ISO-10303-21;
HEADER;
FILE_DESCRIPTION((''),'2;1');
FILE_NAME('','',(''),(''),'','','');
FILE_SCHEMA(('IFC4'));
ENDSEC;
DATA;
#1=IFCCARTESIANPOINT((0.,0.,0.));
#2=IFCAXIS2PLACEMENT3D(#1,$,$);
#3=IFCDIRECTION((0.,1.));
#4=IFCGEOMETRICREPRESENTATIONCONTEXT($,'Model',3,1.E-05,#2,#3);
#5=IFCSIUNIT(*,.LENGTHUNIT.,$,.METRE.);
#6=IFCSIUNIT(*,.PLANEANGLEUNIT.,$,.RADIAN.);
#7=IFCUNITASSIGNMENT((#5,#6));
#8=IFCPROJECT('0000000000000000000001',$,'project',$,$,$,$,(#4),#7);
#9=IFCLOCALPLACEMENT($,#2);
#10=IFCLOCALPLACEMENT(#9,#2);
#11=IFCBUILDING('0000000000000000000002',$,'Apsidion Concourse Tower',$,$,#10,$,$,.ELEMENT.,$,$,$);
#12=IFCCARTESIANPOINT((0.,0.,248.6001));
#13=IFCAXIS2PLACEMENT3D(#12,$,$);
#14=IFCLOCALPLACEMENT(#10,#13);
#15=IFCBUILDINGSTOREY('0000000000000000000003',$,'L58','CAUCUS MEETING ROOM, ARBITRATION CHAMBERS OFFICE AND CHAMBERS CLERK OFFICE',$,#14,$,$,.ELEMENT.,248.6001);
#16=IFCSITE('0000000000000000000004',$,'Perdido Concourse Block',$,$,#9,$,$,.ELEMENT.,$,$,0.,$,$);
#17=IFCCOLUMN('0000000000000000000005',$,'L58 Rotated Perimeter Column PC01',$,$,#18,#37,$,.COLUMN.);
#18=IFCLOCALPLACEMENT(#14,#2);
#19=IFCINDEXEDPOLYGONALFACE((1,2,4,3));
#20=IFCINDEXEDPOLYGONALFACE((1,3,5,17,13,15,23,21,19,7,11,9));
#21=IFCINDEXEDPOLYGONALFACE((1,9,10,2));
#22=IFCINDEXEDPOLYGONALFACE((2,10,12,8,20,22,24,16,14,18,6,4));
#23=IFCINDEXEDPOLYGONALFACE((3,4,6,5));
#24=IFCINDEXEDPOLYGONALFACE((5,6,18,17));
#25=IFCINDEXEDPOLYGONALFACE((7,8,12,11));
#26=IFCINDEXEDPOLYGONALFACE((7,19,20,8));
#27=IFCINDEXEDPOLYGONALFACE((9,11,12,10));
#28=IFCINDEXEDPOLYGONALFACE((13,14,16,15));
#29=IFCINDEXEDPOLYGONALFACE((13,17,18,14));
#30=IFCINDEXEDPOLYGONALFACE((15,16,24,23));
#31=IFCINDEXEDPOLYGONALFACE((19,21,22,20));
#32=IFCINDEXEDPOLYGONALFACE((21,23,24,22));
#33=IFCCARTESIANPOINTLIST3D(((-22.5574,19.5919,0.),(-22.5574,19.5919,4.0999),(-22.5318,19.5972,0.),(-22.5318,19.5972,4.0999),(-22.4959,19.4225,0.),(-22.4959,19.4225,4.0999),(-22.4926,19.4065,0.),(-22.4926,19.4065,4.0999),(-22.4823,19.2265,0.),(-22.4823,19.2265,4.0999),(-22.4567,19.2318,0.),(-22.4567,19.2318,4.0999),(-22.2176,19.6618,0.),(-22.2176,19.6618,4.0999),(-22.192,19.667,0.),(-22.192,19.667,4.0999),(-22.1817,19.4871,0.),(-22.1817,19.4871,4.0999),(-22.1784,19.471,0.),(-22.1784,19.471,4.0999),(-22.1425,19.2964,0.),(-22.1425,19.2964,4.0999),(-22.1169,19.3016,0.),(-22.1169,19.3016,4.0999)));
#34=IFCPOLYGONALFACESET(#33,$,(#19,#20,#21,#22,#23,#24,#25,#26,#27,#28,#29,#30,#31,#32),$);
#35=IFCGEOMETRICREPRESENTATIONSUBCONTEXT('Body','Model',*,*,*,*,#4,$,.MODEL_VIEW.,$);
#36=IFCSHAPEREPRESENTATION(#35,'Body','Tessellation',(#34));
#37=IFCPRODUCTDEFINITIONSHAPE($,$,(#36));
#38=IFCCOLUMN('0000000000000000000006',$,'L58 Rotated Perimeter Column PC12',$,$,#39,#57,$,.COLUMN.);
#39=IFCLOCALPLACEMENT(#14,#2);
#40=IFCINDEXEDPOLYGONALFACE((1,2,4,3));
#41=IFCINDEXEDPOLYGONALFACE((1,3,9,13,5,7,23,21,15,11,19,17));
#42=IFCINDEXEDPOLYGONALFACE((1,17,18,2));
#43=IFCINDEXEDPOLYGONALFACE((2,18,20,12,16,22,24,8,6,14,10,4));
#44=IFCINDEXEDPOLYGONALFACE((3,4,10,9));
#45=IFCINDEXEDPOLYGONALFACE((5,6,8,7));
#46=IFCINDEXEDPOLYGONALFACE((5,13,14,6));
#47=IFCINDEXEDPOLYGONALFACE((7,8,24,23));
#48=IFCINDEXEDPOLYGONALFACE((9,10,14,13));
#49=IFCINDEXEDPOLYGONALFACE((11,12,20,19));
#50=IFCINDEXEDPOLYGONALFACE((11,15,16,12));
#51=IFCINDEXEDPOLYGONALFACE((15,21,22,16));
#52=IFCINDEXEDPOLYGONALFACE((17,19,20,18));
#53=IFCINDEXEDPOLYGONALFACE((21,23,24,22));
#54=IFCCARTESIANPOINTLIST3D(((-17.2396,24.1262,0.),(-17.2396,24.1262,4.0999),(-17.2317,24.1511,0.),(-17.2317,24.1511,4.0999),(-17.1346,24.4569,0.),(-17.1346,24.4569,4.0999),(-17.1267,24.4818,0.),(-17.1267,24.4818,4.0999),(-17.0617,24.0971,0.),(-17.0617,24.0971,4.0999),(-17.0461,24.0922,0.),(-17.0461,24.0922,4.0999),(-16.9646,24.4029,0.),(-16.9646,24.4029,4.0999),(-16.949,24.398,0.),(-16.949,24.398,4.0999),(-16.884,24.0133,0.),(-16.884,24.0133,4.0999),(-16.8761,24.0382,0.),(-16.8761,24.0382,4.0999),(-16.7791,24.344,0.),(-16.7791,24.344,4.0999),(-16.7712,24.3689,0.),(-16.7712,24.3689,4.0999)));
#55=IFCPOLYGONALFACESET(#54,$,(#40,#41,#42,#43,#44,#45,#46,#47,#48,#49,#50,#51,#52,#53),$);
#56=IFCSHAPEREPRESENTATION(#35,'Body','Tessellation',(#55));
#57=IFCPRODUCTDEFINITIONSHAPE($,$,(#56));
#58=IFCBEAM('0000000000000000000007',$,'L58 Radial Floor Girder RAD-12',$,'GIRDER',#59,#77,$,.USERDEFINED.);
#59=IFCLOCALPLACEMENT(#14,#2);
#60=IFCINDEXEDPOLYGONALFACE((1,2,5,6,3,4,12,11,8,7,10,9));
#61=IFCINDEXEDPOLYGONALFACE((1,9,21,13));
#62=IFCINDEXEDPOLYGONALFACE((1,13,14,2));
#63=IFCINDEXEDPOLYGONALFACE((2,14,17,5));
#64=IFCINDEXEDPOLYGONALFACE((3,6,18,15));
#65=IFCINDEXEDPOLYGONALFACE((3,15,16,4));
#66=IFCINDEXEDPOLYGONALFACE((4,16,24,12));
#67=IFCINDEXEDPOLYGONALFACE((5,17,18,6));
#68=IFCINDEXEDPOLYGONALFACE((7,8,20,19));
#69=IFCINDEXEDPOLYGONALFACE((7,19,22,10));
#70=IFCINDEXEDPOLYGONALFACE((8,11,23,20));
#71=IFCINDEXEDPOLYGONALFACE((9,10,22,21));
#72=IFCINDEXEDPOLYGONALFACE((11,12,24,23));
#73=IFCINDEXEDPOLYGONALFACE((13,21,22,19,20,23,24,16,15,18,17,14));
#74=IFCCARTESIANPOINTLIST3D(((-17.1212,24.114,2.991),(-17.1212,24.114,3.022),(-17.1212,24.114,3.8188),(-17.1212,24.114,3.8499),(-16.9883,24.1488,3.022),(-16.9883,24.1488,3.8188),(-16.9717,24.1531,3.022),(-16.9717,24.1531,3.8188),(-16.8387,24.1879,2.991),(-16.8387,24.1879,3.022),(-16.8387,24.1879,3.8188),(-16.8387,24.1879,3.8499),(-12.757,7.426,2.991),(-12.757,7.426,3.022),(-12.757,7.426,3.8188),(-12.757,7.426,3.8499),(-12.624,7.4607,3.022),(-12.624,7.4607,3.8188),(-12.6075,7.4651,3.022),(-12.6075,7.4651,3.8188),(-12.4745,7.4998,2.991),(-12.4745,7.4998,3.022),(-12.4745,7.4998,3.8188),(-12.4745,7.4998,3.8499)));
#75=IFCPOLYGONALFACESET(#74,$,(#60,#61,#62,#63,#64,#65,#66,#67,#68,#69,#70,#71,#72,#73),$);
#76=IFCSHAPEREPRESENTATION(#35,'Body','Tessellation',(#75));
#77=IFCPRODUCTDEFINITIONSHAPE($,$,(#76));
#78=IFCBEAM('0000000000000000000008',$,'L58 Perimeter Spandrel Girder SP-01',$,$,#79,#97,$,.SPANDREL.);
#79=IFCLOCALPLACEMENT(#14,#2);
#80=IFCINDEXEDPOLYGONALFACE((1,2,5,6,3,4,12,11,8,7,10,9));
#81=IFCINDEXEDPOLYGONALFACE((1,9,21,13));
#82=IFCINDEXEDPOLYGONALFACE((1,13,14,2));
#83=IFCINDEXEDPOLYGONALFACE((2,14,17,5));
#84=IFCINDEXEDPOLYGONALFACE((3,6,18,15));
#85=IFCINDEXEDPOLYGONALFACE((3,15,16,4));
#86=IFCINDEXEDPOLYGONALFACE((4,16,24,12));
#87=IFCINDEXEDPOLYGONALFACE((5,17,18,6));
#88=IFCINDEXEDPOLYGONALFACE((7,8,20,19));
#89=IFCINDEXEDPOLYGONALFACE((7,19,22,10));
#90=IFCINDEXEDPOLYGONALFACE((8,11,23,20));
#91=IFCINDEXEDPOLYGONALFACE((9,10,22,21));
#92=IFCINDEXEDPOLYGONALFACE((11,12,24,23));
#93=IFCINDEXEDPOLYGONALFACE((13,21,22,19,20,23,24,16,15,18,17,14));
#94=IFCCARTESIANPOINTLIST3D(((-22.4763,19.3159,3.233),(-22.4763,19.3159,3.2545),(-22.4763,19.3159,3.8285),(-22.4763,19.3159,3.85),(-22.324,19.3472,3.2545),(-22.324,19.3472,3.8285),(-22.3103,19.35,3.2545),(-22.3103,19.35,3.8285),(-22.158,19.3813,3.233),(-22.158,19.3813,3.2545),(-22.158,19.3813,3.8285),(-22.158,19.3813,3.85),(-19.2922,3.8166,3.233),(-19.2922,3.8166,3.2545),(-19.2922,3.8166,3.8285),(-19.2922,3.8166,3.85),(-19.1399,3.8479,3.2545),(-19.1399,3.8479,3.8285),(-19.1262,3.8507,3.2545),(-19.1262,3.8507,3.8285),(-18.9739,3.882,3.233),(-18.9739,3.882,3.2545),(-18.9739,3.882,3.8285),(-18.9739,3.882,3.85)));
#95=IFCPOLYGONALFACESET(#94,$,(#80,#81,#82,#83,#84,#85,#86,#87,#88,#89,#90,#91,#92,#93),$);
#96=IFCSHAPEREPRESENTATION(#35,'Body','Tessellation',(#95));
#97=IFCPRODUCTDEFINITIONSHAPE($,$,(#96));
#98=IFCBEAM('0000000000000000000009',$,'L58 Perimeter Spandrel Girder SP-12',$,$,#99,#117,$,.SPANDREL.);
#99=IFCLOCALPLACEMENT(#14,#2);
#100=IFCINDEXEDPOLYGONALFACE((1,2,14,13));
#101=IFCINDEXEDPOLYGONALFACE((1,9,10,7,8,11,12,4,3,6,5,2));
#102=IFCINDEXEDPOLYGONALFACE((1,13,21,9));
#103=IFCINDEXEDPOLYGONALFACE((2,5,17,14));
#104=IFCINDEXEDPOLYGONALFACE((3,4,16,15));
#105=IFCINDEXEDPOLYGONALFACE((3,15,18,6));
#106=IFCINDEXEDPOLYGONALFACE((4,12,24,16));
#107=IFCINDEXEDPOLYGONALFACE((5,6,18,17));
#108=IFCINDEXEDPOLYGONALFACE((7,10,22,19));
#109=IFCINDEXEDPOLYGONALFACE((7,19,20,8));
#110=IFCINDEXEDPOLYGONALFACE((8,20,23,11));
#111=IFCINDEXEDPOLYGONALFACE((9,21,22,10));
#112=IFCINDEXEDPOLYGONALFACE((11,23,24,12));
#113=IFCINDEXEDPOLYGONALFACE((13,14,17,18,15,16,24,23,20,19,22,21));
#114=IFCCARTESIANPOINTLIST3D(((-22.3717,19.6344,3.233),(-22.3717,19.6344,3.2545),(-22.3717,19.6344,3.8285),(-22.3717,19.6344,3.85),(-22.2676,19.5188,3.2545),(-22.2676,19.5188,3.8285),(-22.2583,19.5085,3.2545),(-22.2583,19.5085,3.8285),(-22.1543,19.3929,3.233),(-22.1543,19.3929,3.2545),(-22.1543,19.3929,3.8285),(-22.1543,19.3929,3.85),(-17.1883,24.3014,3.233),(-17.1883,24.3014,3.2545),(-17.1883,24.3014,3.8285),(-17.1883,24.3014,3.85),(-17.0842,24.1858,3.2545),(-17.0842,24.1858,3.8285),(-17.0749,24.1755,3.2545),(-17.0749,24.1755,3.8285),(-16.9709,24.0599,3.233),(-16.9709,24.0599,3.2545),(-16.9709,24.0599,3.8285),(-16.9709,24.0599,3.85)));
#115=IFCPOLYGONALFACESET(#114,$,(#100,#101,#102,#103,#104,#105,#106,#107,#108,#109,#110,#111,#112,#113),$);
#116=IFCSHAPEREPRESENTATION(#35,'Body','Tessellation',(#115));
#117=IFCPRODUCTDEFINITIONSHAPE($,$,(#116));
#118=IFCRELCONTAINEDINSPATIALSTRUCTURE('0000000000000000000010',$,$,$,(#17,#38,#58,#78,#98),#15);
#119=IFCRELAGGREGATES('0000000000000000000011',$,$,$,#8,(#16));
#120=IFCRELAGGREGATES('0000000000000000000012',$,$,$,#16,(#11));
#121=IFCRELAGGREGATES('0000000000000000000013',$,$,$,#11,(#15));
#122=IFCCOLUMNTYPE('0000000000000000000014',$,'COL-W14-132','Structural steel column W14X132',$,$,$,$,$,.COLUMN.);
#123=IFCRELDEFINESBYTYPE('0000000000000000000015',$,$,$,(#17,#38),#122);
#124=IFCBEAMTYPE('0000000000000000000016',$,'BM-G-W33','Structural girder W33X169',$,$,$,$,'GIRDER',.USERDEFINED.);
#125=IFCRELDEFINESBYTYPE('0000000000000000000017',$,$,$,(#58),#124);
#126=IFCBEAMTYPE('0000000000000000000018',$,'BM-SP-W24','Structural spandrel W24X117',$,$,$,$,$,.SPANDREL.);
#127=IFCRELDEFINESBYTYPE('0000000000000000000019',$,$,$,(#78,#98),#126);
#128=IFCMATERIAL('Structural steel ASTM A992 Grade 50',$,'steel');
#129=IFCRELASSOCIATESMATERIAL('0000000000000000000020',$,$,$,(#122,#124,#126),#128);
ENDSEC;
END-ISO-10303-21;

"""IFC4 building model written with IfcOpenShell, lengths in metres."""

from ifc_helpers import new_model, si_unit, direction, frame, origin, origin_2d, place, context, subcontext, project, spatial, i_section, extrude, material, material_profile, profile_set, type_object, element, save


model = new_model("IFC4")

# Units and contexts
model_context = context("Model", 3, precision=1e-05, world=origin(), true_north=direction((0.0, 1.0)))
body_context = subcontext(model_context, "Body", "Model", "MODEL_VIEW")
ifc_project = project(units=[si_unit("LENGTHUNIT", "METRE"), si_unit("PLANEANGLEUNIT", "RADIAN")], contexts=[model_context])

# Site, building, storey
site_placement = place(None, origin())
site = spatial("IfcSite", under=ifc_project, at=site_placement, Name="Perdido Concourse Block", CompositionType="ELEMENT", RefElevation=0.0)
building_placement = place(site_placement, origin())
building = spatial("IfcBuilding", under=site, at=building_placement, Name="Apsidion Concourse Tower", CompositionType="ELEMENT")
storey_placement = place(building_placement, frame((0.0, 0.0, 248.6001)))
storey = spatial("IfcBuildingStorey", under=building, at=storey_placement, Name="L58", Description="CAUCUS MEETING ROOM, ARBITRATION CHAMBERS OFFICE AND CHAMBERS CLERK OFFICE", CompositionType="ELEMENT", Elevation=248.6001)

# Columns
ifc_material_1 = material(Name="Structural steel ASTM A992 Grade 50", Category="steel")
ifc_material_profile_1 = material_profile(ifc_material_1, i_section(OverallWidth=0.373, OverallDepth=0.373, WebThickness=0.0164, FlangeThickness=0.0261, at=origin_2d()), Name="W14X132")
ifc_profile_set_1 = profile_set([ifc_material_profile_1], Name="Structural steel ASTM A992 Grade 50")
column_type = type_object("IfcColumnType", Name="COL-W14-132", Description="Structural steel column W14X132", PredefinedType="COLUMN", material=ifc_profile_set_1)
for number, where, z_axis, x_axis, name in (
    (1, (-22.3372, 19.4468, 0.0), (0.0, 0.0, 1.0), (-0.201249, 0.97954, 0.0), "L58 Rotated Perimeter Column PC01"),
    (2, (-17.0054, 24.2476, 0.0), (0.0, 0.0, 1.0), (-0.953138, 0.302536, 0.0), "L58 Rotated Perimeter Column PC12"),
):
    element("IfcColumn", number, at=place(storey_placement, frame(where, z_axis=z_axis, x_axis=x_axis)), inside=storey, type_object=column_type, Name=name, PredefinedType="COLUMN", context=body_context, shape_type="SweptSolid", body=[
        extrude(i_section(OverallWidth=0.373, OverallDepth=0.373, WebThickness=0.0164, FlangeThickness=0.0261, at=origin_2d()), origin(), (0.0, 0.0, 1.0), 4.0999),
    ])

# Beams
ifc_material_profile_2 = material_profile(ifc_material_1, i_section(OverallWidth=0.292, OverallDepth=0.8589, WebThickness=0.0171, FlangeThickness=0.031, at=origin_2d()), Name="W33X169")
ifc_profile_set_2 = profile_set([ifc_material_profile_2], Name="Structural steel ASTM A992 Grade 50")
beam_type_1 = type_object("IfcBeamType", Name="BM-G-W33", Description="Structural girder W33X169", ElementType="GIRDER", PredefinedType="USERDEFINED", material=ifc_profile_set_2)
beam_1_placement = place(storey_placement, frame((-12.6157, 7.4629, 3.4204), z_axis=(-0.253012, 0.967463, 0.0), x_axis=(-0.967463, -0.253012, 0.0)))
element("IfcBeam", 3, at=beam_1_placement, inside=storey, type_object=beam_type_1, Name="L58 Radial Floor Girder RAD-12", ObjectType="GIRDER", PredefinedType="USERDEFINED", context=body_context, shape_type="SweptSolid", body=[
    extrude(i_section(OverallWidth=0.292, OverallDepth=0.8589, WebThickness=0.0171, FlangeThickness=0.031, at=origin_2d()), origin(), (0.0, 0.0, 1.0), 17.2493),
])
ifc_material_profile_3 = material_profile(ifc_material_1, i_section(OverallWidth=0.325, OverallDepth=0.6169, WebThickness=0.0139, FlangeThickness=0.0215, at=origin_2d()), Name="W24X117")
ifc_profile_set_3 = profile_set([ifc_material_profile_3], Name="Structural steel ASTM A992 Grade 50")
beam_type_2 = type_object("IfcBeamType", Name="BM-SP-W24", Description="Structural spandrel W24X117", PredefinedType="SPANDREL", material=ifc_profile_set_3)
beam_2_placement = place(storey_placement, frame((-22.3171, 19.3486, 3.5415), z_axis=(0.201232, -0.979544, 0.0), x_axis=(0.979544, 0.201232, 0.0)))
element("IfcBeam", 4, at=beam_2_placement, inside=storey, type_object=beam_type_2, Name="L58 Perimeter Spandrel Girder SP-01", PredefinedType="SPANDREL", context=body_context, shape_type="SweptSolid", body=[
    extrude(i_section(OverallWidth=0.325, OverallDepth=0.6169, WebThickness=0.0139, FlangeThickness=0.0215, at=origin_2d()), origin(), (0.0, 0.0, 1.0), 15.823),
])
beam_3_placement = place(storey_placement, frame((-17.0796, 24.1807, 3.5415), z_axis=(-0.743153, -0.669121, 0.0), x_axis=(0.669121, -0.743153, 0.0)))
element("IfcBeam", 5, at=beam_3_placement, inside=storey, type_object=beam_type_2, Name="L58 Perimeter Spandrel Girder SP-12", PredefinedType="SPANDREL", context=body_context, shape_type="SweptSolid", body=[
    extrude(i_section(OverallWidth=0.325, OverallDepth=0.6169, WebThickness=0.0139, FlangeThickness=0.0215, at=origin_2d()), origin(), (0.0, 0.0, 1.0), 6.9749),
])

save(model, "model.ifc")
